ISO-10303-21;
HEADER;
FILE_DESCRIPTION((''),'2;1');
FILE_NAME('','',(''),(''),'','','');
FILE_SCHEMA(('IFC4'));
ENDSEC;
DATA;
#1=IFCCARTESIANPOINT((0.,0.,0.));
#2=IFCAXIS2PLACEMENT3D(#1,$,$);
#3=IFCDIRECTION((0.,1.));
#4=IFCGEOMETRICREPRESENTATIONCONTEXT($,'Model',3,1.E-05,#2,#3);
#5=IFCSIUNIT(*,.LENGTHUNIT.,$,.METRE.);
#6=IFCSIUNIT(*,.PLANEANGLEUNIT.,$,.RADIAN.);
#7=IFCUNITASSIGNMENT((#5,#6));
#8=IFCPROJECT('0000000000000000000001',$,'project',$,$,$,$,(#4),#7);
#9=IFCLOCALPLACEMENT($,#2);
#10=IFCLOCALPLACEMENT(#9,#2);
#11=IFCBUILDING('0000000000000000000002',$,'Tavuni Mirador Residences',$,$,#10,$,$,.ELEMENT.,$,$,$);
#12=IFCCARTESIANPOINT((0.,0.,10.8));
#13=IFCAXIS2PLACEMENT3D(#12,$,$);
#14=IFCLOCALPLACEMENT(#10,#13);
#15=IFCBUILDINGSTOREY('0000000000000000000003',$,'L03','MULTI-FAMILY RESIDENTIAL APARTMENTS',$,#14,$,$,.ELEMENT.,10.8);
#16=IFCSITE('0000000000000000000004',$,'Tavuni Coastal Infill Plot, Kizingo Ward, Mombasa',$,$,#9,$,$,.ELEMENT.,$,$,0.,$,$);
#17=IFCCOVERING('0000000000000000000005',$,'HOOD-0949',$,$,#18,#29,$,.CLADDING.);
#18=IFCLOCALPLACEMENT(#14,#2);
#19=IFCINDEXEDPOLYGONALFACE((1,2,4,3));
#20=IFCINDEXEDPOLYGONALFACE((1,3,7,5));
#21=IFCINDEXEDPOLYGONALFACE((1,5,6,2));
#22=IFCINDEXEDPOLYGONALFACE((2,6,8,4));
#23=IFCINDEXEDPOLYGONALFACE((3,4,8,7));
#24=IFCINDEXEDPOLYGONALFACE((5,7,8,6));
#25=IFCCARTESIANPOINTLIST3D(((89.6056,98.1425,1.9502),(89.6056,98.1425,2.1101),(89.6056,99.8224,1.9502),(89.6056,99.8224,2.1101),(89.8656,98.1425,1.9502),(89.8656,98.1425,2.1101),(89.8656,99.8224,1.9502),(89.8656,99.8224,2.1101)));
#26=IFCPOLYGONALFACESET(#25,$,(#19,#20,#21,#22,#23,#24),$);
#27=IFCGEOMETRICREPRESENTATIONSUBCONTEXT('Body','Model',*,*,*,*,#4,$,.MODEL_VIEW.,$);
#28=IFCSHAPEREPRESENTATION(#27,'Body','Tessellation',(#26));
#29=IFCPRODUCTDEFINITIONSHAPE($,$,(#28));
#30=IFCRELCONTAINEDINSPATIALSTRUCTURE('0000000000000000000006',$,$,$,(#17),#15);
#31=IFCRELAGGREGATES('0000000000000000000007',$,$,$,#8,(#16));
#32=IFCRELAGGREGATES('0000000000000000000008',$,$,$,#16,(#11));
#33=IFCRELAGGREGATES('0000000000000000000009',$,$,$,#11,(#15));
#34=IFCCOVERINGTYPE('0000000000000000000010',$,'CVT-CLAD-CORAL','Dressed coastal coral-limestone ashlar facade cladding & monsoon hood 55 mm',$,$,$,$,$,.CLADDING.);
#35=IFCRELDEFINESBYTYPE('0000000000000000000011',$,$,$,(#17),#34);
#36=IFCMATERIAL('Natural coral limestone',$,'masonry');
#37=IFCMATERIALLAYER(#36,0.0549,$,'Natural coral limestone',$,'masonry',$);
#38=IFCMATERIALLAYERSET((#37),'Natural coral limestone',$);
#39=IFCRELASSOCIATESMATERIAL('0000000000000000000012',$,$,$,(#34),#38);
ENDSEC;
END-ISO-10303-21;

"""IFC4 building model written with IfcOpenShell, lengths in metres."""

from ifc_helpers import new_model, si_unit, direction, frame, origin, origin_2d, place, context, subcontext, project, spatial, rectangle, extrude, material, layer, layer_set, type_object, element, save


model = new_model("IFC4")

# Units and contexts
model_context = context("Model", 3, precision=1e-05, world=origin(), true_north=direction((0.0, 1.0)))
body_context = subcontext(model_context, "Body", "Model", "MODEL_VIEW")
ifc_project = project(units=[si_unit("LENGTHUNIT", "METRE"), si_unit("PLANEANGLEUNIT", "RADIAN")], contexts=[model_context])

# Site, building, storey
site_placement = place(None, origin())
site = spatial("IfcSite", under=ifc_project, at=site_placement, Name="Tavuni Coastal Infill Plot, Kizingo Ward, Mombasa", CompositionType="ELEMENT", RefElevation=0.0)
building_placement = place(site_placement, origin())
building = spatial("IfcBuilding", under=site, at=building_placement, Name="Tavuni Mirador Residences", CompositionType="ELEMENT")
storey_placement = place(building_placement, frame((0.0, 0.0, 10.8)))
storey = spatial("IfcBuildingStorey", under=building, at=storey_placement, Name="L03", Description="MULTI-FAMILY RESIDENTIAL APARTMENTS", CompositionType="ELEMENT", Elevation=10.8)

# Covering
ifc_material_1 = material(Name="Natural coral limestone", Category="masonry")
ifc_layer_1 = layer(ifc_material_1, 0.0549, Name="Natural coral limestone", Category="masonry")
ifc_layer_set_1 = layer_set([ifc_layer_1], Name="Natural coral limestone")
covering_type = type_object("IfcCoveringType", Name="CVT-CLAD-CORAL", Description="Dressed coastal coral-limestone ashlar facade cladding & monsoon hood 55 mm", PredefinedType="CLADDING", material=ifc_layer_set_1)
covering_placement = place(storey_placement, frame((89.7356, 98.9824, 1.9502), z_axis=(0.0, 0.0, 1.0), x_axis=(0.0, -1.0, 0.0)))
element("IfcCovering", 1, at=covering_placement, inside=storey, type_object=covering_type, Name="HOOD-0949", PredefinedType="CLADDING", context=body_context, shape_type="SweptSolid", body=[
    extrude(rectangle(XDim=1.6799, YDim=0.26, at=origin_2d()), origin(), (0.0, 0.0, 1.0), 0.1599),
])

save(model, "model.ifc")
